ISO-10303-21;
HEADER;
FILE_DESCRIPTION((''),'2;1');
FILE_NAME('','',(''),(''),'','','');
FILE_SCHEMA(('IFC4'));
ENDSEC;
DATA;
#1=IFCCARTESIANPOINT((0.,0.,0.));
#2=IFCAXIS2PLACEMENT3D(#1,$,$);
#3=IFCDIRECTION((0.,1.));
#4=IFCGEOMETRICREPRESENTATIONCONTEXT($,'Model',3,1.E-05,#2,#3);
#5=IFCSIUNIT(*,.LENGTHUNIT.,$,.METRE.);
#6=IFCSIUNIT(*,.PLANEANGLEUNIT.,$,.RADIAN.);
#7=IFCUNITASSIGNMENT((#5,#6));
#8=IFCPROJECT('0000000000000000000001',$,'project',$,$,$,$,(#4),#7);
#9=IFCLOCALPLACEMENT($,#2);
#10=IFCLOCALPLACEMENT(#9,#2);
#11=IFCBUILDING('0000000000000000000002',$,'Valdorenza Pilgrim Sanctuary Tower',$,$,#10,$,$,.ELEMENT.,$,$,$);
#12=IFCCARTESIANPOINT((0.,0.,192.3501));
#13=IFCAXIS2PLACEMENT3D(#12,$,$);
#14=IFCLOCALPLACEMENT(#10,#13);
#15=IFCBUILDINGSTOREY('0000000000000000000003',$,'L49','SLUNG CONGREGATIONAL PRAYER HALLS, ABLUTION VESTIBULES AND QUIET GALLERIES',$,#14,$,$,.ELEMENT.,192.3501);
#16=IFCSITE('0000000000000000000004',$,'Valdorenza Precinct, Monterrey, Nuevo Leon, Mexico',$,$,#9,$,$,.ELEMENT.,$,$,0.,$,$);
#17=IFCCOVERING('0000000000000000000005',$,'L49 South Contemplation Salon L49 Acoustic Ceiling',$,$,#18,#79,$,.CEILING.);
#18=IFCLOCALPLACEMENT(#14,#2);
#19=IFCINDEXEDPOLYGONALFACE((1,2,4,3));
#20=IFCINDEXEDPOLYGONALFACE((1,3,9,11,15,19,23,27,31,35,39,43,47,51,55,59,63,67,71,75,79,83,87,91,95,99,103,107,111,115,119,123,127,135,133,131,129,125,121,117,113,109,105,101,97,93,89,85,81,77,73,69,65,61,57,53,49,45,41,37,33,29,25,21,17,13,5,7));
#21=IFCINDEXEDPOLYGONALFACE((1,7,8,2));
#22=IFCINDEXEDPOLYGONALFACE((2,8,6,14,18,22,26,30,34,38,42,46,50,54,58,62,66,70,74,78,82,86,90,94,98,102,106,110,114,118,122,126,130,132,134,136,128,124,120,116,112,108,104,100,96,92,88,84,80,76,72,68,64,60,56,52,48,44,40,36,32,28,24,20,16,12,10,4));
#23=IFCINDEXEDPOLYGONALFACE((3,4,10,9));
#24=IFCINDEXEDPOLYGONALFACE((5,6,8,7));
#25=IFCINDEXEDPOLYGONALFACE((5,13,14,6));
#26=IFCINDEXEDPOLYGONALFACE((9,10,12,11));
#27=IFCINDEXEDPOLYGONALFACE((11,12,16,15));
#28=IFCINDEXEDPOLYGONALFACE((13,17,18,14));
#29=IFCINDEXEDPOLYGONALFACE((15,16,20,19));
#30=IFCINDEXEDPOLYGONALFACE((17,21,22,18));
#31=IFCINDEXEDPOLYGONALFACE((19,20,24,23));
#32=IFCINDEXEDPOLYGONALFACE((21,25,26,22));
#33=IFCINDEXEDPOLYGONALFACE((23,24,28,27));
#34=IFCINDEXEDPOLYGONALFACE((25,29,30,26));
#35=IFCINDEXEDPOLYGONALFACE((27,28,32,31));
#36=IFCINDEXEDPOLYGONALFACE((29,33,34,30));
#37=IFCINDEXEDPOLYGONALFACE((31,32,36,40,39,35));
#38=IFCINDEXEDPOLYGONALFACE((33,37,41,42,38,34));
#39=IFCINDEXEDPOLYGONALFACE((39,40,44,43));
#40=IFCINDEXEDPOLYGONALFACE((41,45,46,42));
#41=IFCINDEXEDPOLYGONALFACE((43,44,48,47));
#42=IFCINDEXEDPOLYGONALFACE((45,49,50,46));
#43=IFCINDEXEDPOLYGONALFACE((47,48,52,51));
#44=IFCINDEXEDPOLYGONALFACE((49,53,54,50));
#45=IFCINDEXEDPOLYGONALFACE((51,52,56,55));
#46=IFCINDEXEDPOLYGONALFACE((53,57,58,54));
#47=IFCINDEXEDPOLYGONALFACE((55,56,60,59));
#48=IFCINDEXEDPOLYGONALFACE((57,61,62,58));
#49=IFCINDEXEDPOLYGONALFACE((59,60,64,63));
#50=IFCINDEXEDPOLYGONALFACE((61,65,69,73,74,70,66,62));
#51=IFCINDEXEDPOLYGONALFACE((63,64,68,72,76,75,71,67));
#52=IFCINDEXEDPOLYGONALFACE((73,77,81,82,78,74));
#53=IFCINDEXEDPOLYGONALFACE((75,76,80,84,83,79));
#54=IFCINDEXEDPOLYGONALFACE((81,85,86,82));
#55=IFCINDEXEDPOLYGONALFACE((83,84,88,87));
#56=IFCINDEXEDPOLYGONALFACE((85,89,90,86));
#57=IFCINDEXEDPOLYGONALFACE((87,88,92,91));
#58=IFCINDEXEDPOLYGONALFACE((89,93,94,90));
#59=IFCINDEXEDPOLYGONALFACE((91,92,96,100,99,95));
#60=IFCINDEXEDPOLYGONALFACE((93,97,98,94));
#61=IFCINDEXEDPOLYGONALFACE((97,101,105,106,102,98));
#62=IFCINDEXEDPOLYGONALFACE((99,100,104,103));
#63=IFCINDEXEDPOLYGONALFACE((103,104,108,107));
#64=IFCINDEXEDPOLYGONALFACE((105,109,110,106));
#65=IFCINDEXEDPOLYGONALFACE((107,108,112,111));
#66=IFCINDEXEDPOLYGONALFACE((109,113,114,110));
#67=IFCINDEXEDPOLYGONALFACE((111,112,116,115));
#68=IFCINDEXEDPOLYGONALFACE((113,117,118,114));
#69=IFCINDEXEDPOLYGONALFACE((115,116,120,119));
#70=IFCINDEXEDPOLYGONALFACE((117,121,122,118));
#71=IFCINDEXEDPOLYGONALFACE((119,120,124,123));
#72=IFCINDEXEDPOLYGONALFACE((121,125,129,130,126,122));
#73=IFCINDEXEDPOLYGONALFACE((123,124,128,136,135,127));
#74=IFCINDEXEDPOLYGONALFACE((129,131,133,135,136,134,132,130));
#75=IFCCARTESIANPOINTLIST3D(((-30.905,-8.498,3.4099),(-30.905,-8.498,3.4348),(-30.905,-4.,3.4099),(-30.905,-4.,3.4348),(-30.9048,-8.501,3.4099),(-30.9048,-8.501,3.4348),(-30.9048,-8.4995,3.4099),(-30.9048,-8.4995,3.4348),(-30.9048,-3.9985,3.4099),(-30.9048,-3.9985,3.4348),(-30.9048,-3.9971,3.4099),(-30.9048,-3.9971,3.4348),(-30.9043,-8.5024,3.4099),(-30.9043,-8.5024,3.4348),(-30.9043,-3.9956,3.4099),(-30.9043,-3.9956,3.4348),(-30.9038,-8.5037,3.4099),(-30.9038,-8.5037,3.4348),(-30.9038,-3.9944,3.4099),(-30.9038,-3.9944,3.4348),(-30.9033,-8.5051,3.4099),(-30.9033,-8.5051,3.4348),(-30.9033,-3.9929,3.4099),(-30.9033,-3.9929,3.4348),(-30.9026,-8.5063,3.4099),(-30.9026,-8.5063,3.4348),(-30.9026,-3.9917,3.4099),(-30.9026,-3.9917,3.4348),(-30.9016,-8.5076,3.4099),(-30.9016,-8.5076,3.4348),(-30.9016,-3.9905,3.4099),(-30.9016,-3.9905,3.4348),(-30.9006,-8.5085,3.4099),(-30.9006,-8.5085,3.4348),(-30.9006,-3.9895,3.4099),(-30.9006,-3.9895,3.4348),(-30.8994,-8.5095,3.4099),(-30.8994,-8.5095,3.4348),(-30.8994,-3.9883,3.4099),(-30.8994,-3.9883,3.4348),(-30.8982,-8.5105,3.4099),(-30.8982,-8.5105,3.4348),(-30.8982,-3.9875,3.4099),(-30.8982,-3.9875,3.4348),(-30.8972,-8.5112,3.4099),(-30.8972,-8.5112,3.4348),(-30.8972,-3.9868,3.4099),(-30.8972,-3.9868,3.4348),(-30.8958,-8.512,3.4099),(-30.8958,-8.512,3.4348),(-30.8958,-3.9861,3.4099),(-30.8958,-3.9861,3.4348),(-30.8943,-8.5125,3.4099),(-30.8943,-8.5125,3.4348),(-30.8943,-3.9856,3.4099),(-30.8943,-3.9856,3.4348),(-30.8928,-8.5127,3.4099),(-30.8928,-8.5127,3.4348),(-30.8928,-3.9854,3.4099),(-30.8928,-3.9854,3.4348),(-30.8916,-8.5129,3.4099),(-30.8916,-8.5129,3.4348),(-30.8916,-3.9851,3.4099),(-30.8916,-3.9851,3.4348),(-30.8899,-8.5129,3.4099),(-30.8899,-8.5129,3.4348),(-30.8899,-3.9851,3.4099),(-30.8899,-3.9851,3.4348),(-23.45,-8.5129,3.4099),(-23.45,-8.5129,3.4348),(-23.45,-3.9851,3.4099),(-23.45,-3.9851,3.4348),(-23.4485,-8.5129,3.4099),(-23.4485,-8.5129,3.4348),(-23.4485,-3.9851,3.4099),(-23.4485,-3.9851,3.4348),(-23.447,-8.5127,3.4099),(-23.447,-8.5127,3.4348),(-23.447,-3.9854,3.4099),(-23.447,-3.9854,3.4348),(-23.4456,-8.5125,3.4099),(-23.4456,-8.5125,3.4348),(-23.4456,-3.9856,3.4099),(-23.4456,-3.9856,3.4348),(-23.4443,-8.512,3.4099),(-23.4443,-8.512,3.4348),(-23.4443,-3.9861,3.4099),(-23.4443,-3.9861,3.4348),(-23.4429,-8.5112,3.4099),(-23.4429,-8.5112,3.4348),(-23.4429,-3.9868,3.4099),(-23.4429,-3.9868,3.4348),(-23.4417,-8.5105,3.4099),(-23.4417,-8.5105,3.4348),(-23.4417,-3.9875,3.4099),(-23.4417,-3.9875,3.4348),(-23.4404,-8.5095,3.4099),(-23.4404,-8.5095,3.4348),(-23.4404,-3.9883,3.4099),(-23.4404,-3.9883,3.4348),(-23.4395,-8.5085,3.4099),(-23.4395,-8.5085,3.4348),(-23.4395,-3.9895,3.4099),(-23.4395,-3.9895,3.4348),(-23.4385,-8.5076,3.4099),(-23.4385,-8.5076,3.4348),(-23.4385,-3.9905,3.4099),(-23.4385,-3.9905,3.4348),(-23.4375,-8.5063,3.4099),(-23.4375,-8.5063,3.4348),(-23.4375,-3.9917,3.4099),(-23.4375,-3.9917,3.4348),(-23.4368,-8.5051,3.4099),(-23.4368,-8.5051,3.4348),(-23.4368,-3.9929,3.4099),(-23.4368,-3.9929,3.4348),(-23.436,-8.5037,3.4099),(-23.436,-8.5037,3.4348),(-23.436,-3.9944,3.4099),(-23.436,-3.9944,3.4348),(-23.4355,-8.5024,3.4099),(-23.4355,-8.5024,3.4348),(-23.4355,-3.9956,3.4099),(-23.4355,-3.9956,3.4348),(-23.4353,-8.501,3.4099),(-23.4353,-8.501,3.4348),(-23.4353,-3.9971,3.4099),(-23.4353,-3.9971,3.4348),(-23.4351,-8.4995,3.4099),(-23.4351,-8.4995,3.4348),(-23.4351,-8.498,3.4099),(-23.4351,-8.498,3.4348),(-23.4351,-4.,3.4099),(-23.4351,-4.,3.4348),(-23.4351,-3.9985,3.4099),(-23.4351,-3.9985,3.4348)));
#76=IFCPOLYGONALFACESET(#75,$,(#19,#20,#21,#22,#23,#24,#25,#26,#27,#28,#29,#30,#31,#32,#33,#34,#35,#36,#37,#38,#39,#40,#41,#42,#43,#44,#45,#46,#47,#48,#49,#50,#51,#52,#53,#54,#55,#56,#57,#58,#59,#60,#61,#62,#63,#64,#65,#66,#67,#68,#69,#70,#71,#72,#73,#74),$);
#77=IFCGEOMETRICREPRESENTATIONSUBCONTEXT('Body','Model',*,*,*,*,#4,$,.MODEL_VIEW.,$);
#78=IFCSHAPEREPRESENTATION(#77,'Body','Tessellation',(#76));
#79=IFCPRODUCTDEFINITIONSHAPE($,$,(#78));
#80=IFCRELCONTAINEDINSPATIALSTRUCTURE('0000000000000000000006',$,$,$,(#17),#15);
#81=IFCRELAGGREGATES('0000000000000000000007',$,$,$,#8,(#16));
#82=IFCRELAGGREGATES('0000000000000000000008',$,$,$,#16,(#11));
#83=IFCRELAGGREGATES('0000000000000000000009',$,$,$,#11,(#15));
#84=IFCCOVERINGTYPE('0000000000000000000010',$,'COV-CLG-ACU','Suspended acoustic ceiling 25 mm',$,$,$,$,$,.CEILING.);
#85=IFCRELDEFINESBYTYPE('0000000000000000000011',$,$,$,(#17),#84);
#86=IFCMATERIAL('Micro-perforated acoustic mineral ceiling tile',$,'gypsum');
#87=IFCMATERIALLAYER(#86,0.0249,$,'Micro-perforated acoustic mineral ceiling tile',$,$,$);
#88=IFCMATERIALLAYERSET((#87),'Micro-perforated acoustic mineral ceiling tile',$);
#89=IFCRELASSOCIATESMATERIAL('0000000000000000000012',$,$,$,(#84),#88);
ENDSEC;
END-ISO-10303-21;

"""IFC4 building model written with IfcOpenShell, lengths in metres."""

from ifc_helpers import new_model, si_unit, direction, frame, origin, place, context, subcontext, project, spatial, polyline, outline, extrude, material, layer, layer_set, type_object, element, save


model = new_model("IFC4")

# Units and contexts
model_context = context("Model", 3, precision=1e-05, world=origin(), true_north=direction((0.0, 1.0)))
body_context = subcontext(model_context, "Body", "Model", "MODEL_VIEW")
ifc_project = project(units=[si_unit("LENGTHUNIT", "METRE"), si_unit("PLANEANGLEUNIT", "RADIAN")], contexts=[model_context])

# Site, building, storey
site_placement = place(None, origin())
site = spatial("IfcSite", under=ifc_project, at=site_placement, Name="Valdorenza Precinct, Monterrey, Nuevo Leon, Mexico", CompositionType="ELEMENT", RefElevation=0.0)
building_placement = place(site_placement, origin())
building = spatial("IfcBuilding", under=site, at=building_placement, Name="Valdorenza Pilgrim Sanctuary Tower", CompositionType="ELEMENT")
storey_placement = place(building_placement, frame((0.0, 0.0, 192.3501)))
storey = spatial("IfcBuildingStorey", under=building, at=storey_placement, Name="L49", Description="SLUNG CONGREGATIONAL PRAYER HALLS, ABLUTION VESTIBULES AND QUIET GALLERIES", CompositionType="ELEMENT", Elevation=192.3501)

# Covering
ifc_material_1 = material(Name="Micro-perforated acoustic mineral ceiling tile", Category="gypsum")
ifc_layer_1 = layer(ifc_material_1, 0.0249, Name="Micro-perforated acoustic mineral ceiling tile")
ifc_layer_set_1 = layer_set([ifc_layer_1], Name="Micro-perforated acoustic mineral ceiling tile")
covering_type_1 = type_object("IfcCoveringType", Name="COV-CLG-ACU", Description="Suspended acoustic ceiling 25 mm", PredefinedType="CEILING", material=ifc_layer_set_1)
covering_1_placement = place(storey_placement, frame((0.0, 0.0, 3.4099)))
element("IfcCovering", 1, at=covering_1_placement, inside=storey, type_object=covering_type_1, Name="L49 South Contemplation Salon L49 Acoustic Ceiling", PredefinedType="CEILING", context=body_context, shape_type="SweptSolid", body=[
    extrude(outline(polyline([(-23.4351, -8.498), (-23.4351, -8.4995), (-23.4353, -8.501), (-23.4355, -8.5024), (-23.436, -8.5037), (-23.4368, -8.5051), (-23.4375, -8.5063), (-23.4385, -8.5076), (-23.4395, -8.5085), (-23.4404, -8.5095), (-23.4417, -8.5105), (-23.4429, -8.5112), (-23.4443, -8.512), (-23.4456, -8.5125), (-23.447, -8.5127), (-23.4485, -8.5129), (-23.45, -8.5129), (-30.8899, -8.5129), (-30.8916, -8.5129), (-30.8928, -8.5127), (-30.8943, -8.5125), (-30.8958, -8.512), (-30.8972, -8.5112), (-30.8982, -8.5105), (-30.8994, -8.5095), (-30.9006, -8.5085), (-30.9016, -8.5076), (-30.9026, -8.5063), (-30.9033, -8.5051), (-30.9038, -8.5037), (-30.9043, -8.5024), (-30.9048, -8.501), (-30.9048, -8.4995), (-30.905, -8.498), (-30.905, -4.0), (-30.9048, -3.9985), (-30.9048, -3.9971), (-30.9043, -3.9956), (-30.9038, -3.9944), (-30.9033, -3.9929), (-30.9026, -3.9917), (-30.9016, -3.9905), (-30.9006, -3.9895), (-30.8994, -3.9883), (-30.8982, -3.9875), (-30.8972, -3.9868), (-30.8958, -3.9861), (-30.8943, -3.9856), (-30.8928, -3.9854), (-30.8916, -3.9851), (-30.8899, -3.9851), (-23.45, -3.9851), (-23.4485, -3.9851), (-23.447, -3.9854), (-23.4456, -3.9856), (-23.4443, -3.9861), (-23.4429, -3.9868), (-23.4417, -3.9875), (-23.4404, -3.9883), (-23.4395, -3.9895), (-23.4385, -3.9905), (-23.4375, -3.9917), (-23.4368, -3.9929), (-23.436, -3.9944), (-23.4355, -3.9956), (-23.4353, -3.9971), (-23.4351, -3.9985), (-23.4351, -4.0), (-23.4351, -8.498)])), origin(), (0.0, 0.0, 1.0), 0.0249),
])

save(model, "model.ifc")
